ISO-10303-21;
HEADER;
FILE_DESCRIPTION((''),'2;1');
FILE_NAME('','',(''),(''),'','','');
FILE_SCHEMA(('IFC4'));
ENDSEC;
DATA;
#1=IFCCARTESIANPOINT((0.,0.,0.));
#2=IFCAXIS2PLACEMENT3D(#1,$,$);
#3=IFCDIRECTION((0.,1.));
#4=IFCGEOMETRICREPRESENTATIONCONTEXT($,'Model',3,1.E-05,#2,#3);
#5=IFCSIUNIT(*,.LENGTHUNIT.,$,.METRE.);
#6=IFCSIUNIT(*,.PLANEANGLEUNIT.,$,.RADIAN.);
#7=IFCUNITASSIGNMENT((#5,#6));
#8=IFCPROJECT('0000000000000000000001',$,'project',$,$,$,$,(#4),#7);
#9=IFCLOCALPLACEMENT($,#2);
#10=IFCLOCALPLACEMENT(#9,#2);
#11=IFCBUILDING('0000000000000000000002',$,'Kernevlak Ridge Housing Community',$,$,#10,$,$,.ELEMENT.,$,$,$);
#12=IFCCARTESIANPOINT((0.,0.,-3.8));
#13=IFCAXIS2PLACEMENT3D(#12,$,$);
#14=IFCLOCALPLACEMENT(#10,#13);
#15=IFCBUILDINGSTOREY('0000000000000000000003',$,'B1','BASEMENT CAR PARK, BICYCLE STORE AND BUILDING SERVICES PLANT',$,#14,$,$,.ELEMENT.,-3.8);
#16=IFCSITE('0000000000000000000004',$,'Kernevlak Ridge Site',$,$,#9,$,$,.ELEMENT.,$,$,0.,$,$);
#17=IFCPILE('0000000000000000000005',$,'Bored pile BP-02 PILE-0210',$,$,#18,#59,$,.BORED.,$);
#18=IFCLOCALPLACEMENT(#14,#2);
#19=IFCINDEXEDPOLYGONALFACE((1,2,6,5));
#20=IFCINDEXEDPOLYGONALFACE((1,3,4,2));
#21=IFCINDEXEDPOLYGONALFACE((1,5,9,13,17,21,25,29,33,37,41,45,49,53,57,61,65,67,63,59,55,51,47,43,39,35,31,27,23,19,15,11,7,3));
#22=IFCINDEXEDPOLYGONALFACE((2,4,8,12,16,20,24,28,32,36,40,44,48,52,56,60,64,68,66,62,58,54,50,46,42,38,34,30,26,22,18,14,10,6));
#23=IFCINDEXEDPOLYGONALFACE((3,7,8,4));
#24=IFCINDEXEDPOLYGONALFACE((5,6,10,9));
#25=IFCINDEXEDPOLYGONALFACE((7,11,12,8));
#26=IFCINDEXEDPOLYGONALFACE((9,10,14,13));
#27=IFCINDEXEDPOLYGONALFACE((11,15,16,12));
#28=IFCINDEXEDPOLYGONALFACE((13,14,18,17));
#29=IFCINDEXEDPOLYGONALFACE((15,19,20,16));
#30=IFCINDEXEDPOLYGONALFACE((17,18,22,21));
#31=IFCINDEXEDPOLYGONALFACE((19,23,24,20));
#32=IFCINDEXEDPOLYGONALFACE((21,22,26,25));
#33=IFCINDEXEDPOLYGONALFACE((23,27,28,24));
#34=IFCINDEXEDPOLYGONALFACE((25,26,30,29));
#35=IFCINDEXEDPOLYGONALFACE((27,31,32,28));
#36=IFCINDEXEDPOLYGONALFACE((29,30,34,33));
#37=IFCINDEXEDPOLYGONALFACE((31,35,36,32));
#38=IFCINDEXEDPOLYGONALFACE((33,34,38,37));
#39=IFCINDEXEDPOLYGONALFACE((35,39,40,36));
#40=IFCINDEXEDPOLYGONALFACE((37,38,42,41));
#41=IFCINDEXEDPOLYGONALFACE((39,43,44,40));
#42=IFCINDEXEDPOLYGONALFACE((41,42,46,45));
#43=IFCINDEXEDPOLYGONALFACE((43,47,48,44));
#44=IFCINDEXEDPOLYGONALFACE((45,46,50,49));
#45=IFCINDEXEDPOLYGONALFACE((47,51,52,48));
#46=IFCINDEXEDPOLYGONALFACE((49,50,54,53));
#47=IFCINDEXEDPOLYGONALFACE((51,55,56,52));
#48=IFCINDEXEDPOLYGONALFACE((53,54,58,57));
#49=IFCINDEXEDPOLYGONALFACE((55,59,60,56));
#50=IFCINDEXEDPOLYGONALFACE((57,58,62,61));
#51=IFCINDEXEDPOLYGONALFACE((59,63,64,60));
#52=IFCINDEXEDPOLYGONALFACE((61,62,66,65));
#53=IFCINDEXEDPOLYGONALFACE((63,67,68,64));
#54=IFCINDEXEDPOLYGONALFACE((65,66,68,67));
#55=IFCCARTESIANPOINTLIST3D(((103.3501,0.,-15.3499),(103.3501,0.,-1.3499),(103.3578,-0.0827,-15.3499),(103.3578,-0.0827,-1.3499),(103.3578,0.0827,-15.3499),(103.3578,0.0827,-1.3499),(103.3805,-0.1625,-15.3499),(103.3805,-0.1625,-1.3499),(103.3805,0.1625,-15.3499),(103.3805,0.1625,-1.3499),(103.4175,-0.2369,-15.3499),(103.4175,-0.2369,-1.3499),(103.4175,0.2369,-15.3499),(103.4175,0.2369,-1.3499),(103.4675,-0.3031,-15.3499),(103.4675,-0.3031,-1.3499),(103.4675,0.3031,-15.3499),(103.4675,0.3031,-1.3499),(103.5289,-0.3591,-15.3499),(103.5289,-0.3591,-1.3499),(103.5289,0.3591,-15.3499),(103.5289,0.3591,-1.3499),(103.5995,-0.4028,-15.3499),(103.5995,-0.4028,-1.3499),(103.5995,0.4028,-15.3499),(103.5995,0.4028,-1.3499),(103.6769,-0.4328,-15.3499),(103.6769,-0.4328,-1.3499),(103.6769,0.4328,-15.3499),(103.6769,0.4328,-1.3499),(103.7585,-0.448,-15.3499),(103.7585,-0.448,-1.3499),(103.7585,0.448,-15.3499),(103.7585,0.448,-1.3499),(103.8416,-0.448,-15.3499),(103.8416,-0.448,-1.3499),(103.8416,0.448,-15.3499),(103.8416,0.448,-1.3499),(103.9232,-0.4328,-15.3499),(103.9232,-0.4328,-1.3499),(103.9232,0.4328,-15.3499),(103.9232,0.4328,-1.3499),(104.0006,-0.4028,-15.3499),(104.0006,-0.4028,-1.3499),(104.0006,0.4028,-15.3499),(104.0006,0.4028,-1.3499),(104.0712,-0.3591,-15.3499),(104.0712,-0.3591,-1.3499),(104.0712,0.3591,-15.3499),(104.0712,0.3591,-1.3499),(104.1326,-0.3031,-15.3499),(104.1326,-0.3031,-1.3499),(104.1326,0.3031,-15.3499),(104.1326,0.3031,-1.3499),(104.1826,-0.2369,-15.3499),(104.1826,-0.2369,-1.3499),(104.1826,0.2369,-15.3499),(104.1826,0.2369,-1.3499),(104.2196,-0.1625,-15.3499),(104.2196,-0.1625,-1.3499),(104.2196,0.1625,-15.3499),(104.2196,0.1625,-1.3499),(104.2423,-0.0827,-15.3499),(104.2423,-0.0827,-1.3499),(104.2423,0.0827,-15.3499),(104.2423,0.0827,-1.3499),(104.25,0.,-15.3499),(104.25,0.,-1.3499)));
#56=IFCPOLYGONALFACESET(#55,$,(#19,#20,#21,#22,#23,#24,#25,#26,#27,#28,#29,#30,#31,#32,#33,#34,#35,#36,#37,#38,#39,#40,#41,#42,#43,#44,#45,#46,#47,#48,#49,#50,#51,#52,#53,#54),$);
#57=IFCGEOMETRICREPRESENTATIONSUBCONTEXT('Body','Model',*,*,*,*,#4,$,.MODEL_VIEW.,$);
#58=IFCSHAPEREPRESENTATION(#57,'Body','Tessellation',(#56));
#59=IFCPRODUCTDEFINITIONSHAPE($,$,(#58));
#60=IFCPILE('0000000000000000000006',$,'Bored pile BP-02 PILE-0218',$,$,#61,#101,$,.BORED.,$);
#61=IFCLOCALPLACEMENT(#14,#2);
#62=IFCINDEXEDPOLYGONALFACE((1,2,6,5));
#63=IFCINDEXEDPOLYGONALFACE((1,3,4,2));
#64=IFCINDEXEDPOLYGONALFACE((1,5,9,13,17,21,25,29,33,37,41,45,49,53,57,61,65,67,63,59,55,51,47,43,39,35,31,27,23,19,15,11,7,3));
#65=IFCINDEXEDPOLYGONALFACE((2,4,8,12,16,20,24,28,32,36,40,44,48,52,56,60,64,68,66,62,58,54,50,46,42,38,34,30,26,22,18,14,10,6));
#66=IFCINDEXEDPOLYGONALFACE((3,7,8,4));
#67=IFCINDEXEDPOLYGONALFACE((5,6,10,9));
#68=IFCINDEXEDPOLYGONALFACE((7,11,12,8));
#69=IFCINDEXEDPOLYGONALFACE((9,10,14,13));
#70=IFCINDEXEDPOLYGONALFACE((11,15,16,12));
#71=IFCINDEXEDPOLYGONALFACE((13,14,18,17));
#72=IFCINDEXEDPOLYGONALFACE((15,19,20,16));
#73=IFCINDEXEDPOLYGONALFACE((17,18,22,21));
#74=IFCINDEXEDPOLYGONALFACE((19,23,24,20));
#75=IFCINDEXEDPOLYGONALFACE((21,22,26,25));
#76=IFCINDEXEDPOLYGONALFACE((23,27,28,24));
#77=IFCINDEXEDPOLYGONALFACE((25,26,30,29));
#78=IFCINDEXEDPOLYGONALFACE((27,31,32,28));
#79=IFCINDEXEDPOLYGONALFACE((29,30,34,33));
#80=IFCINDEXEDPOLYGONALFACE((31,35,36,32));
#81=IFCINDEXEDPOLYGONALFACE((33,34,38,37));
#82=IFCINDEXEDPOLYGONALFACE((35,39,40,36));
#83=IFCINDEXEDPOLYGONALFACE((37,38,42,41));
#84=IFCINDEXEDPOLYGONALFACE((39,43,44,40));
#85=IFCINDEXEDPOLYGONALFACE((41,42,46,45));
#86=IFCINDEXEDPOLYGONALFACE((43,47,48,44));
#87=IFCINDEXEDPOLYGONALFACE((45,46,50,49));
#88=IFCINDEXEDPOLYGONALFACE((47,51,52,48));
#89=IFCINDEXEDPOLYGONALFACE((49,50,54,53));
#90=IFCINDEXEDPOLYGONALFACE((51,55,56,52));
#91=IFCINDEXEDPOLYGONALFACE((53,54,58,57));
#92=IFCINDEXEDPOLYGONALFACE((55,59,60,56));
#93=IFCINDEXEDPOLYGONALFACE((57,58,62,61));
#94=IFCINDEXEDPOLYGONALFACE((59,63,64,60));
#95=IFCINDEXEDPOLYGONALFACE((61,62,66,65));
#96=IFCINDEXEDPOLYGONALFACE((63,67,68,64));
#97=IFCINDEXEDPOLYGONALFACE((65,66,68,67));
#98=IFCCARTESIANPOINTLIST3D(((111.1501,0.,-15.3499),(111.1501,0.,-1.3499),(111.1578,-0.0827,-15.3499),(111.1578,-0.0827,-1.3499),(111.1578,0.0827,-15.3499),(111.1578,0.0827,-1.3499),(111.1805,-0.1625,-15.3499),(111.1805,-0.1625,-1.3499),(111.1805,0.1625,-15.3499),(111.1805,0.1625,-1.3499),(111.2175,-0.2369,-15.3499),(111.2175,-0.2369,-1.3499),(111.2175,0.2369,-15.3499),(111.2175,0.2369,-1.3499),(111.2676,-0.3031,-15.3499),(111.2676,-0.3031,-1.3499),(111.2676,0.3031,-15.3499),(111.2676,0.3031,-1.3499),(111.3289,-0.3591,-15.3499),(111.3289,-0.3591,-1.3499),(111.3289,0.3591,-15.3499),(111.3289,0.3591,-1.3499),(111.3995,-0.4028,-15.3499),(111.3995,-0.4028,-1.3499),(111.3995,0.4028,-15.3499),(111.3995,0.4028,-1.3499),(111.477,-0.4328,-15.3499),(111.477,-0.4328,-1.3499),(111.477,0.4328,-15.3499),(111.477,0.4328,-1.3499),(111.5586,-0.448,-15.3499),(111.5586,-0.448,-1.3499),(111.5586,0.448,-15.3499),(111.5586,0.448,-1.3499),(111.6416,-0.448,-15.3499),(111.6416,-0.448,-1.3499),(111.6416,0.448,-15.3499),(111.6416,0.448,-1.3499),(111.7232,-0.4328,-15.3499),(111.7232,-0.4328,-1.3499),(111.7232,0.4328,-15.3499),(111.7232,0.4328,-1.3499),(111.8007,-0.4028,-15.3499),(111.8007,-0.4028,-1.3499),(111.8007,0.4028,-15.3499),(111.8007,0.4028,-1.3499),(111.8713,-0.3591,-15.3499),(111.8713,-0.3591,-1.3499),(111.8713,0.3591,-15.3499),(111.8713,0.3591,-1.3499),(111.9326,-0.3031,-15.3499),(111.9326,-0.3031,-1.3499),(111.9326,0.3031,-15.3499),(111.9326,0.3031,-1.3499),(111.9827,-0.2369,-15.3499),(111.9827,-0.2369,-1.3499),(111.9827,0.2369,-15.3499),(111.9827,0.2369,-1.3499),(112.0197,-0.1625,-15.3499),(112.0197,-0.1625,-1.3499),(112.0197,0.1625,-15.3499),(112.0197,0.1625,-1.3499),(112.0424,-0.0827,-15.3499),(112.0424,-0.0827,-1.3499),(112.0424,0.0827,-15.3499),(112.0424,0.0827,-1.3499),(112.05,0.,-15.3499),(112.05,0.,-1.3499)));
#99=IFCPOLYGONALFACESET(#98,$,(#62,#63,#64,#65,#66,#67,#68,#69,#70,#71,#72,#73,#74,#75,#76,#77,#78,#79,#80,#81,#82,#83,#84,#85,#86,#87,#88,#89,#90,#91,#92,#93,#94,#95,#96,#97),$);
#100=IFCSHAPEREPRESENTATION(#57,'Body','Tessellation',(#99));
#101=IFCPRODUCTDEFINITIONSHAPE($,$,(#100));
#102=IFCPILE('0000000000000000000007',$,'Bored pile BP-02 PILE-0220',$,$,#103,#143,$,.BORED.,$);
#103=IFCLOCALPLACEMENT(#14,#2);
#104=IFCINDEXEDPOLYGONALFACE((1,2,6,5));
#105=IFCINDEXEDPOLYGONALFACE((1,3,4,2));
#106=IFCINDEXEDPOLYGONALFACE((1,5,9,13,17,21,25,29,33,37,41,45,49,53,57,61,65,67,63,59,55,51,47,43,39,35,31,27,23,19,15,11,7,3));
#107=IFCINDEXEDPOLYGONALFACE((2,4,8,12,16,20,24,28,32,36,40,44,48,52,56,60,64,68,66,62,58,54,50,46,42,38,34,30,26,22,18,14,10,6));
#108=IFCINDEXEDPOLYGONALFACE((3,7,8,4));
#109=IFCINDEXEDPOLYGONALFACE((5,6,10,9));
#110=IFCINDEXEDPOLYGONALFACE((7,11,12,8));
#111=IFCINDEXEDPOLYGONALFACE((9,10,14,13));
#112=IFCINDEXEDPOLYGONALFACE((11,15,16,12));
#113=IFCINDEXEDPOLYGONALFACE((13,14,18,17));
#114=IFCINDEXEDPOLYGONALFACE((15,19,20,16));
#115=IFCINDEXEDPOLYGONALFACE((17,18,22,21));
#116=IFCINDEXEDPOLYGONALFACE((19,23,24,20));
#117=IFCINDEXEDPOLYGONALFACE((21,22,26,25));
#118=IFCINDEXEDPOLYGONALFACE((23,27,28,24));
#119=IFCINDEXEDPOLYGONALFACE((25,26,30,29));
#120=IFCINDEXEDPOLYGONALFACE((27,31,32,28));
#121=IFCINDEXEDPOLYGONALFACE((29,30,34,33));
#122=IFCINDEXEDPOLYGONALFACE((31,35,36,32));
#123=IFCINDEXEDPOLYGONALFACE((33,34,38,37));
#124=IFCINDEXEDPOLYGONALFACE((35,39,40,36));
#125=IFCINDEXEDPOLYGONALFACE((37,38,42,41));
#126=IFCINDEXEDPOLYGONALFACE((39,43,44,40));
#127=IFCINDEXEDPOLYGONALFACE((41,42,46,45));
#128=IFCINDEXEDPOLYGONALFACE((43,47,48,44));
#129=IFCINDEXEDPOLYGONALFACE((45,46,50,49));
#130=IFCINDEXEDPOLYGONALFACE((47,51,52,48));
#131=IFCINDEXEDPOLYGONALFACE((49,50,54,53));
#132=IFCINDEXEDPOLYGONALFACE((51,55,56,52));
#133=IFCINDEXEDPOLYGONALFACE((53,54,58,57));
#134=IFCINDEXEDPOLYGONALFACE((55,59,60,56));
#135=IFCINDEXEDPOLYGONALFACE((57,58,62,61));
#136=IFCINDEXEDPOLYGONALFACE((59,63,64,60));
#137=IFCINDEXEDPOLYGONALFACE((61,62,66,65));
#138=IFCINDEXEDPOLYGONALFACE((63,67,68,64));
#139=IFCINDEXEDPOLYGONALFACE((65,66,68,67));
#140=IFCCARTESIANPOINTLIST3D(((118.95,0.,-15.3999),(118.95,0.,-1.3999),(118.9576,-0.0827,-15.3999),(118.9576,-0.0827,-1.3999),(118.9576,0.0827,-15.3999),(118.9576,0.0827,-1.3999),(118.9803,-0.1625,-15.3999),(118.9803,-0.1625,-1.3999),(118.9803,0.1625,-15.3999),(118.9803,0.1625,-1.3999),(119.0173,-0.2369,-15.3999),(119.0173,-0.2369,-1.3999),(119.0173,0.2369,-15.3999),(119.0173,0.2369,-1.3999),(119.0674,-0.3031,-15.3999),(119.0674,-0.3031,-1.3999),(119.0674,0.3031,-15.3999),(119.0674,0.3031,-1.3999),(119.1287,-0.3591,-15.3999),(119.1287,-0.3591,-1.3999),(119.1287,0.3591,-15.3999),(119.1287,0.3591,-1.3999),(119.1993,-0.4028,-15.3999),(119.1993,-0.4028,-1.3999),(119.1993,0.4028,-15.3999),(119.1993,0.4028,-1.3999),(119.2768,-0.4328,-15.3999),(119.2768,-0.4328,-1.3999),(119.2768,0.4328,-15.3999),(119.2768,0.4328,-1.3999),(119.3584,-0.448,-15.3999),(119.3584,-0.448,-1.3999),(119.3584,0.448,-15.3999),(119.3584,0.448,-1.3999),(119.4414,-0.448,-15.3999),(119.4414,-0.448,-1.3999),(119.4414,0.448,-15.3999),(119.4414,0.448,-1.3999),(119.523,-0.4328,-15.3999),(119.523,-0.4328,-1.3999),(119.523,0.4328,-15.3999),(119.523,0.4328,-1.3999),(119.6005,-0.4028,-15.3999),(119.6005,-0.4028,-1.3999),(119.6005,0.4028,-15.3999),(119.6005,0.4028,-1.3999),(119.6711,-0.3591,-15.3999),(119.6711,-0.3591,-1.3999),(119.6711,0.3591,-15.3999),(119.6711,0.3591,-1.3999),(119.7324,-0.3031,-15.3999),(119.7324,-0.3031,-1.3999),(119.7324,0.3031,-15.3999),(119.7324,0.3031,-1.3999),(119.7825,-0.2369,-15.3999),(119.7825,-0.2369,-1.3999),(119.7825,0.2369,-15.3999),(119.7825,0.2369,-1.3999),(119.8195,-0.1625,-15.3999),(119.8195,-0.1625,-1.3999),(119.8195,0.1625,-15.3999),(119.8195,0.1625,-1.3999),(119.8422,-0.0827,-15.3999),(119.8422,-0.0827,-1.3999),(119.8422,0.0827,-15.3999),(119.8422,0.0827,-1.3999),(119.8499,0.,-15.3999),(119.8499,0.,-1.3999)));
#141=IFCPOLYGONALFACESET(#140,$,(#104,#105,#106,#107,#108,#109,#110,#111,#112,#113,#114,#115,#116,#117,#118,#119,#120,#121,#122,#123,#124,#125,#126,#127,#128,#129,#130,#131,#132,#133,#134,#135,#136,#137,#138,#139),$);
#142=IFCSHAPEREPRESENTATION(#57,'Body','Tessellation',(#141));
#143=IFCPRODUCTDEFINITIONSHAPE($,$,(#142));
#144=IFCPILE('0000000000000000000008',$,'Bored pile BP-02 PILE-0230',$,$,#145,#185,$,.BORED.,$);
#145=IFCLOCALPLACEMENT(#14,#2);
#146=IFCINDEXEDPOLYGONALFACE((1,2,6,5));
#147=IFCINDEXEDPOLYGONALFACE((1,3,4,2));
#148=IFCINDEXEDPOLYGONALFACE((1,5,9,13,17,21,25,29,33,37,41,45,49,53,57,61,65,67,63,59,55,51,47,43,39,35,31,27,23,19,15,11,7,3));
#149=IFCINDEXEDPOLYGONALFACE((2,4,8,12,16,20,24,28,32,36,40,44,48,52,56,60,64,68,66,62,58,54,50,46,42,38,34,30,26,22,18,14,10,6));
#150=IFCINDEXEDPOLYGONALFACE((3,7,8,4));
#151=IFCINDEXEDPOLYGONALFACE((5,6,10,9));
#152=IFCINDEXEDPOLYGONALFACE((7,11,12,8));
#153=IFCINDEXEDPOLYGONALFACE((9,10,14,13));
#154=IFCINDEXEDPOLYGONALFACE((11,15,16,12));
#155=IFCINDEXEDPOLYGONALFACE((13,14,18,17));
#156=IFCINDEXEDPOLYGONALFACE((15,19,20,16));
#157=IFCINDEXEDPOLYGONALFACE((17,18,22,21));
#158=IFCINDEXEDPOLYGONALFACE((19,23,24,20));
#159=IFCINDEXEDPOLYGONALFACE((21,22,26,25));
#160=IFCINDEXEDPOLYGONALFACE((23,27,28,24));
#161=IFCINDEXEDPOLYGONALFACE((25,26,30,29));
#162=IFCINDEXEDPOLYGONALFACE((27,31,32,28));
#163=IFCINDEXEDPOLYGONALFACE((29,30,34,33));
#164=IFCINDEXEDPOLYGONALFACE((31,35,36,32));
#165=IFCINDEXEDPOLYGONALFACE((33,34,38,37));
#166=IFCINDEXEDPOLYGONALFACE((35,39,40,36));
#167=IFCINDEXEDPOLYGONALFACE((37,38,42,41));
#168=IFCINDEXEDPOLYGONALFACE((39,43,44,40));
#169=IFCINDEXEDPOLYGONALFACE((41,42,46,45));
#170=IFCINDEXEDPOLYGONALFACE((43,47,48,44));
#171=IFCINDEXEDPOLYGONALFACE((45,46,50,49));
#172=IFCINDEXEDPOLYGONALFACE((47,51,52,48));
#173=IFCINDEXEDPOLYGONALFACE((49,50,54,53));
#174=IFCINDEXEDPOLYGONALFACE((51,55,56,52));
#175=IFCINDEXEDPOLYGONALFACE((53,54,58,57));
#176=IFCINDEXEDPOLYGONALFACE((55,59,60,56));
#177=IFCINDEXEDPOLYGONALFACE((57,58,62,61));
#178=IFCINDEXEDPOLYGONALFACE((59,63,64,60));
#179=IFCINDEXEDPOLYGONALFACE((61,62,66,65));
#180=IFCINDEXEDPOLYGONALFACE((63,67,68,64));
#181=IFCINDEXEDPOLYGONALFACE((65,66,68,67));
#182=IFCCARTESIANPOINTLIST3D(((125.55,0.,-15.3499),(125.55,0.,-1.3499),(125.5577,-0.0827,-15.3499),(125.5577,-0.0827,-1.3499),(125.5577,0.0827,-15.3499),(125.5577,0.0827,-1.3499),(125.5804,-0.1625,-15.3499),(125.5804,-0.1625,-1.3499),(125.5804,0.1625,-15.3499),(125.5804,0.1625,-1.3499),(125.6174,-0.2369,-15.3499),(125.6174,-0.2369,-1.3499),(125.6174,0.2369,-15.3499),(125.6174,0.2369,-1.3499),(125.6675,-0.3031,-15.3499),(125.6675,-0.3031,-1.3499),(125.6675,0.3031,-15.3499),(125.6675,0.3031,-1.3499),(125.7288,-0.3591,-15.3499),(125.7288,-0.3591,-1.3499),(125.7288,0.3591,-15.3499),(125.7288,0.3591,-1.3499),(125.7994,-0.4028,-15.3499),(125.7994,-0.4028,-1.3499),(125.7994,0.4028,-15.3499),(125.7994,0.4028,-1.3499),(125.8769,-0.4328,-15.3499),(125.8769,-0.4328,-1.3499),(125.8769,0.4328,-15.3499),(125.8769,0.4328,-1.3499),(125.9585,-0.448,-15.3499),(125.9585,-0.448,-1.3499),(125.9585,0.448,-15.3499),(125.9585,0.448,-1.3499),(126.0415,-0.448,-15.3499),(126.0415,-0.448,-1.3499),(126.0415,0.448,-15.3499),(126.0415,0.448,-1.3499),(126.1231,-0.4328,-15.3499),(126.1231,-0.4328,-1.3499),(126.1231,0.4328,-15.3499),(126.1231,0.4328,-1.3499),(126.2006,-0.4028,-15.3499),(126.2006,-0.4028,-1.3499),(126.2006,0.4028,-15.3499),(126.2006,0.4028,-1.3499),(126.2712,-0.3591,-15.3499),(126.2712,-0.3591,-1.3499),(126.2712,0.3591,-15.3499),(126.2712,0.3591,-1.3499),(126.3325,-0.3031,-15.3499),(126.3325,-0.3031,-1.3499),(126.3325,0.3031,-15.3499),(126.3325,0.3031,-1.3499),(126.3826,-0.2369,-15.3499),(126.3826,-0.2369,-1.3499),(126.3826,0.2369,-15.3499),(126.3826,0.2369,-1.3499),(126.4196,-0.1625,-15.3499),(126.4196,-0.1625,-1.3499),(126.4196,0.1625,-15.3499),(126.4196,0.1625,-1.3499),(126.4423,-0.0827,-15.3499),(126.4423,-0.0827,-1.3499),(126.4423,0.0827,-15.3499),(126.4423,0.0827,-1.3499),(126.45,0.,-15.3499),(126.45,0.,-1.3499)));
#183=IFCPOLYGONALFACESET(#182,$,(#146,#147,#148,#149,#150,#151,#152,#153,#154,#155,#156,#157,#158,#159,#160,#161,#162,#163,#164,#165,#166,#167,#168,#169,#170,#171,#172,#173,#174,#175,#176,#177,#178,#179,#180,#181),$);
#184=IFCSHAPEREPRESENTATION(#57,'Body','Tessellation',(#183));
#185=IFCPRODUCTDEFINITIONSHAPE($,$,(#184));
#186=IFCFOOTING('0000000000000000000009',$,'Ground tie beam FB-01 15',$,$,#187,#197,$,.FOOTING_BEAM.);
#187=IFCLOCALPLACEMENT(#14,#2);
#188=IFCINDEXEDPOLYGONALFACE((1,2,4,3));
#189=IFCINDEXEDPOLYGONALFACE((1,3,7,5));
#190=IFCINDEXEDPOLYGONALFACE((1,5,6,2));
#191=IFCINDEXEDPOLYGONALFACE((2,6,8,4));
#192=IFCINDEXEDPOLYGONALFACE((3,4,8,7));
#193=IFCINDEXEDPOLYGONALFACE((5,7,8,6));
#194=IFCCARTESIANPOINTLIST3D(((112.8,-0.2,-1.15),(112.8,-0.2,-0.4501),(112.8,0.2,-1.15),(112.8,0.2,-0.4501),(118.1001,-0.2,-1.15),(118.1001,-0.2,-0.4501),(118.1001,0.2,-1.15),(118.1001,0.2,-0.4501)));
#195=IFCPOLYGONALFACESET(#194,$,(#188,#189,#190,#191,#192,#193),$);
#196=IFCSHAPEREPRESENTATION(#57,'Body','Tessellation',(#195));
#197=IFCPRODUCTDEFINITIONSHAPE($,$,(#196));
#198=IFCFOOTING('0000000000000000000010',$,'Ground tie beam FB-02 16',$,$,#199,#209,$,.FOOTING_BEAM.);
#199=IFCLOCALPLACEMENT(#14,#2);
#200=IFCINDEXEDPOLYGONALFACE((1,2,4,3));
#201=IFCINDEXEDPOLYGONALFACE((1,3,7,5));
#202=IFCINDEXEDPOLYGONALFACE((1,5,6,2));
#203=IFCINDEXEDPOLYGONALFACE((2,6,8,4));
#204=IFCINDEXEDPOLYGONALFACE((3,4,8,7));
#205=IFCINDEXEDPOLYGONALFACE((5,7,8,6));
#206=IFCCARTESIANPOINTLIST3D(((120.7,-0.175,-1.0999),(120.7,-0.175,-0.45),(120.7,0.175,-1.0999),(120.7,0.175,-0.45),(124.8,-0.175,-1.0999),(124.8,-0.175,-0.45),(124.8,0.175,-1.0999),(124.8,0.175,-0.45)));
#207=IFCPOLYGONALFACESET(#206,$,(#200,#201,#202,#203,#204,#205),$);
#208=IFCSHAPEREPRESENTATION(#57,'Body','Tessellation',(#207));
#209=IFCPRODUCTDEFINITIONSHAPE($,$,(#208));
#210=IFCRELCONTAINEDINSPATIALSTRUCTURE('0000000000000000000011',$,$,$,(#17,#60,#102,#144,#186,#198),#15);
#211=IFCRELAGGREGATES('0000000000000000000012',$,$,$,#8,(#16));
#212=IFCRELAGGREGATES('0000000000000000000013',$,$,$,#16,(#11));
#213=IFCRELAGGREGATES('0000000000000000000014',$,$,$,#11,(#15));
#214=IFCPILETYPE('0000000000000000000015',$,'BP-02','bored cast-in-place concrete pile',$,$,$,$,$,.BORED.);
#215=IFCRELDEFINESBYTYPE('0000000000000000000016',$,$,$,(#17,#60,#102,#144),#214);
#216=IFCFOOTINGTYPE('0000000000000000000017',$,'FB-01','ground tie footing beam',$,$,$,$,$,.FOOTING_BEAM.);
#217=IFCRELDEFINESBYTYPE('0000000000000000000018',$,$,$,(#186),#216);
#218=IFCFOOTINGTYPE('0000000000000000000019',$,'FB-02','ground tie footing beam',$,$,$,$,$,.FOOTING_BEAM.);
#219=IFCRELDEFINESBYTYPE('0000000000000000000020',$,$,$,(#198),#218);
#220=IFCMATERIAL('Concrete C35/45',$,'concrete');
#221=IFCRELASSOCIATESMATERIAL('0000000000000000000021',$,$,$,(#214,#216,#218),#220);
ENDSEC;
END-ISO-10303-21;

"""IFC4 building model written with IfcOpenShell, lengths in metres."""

from ifc_helpers import new_model, si_unit, direction, frame, origin, origin_2d, place, context, subcontext, project, spatial, rectangle, circle, extrude, material, material_profile, profile_set, type_object, element, save


model = new_model("IFC4")

# Units and contexts
model_context = context("Model", 3, precision=1e-05, world=origin(), true_north=direction((0.0, 1.0)))
body_context = subcontext(model_context, "Body", "Model", "MODEL_VIEW")
ifc_project = project(units=[si_unit("LENGTHUNIT", "METRE"), si_unit("PLANEANGLEUNIT", "RADIAN")], contexts=[model_context])

# Site, building, storey
site_placement = place(None, origin())
site = spatial("IfcSite", under=ifc_project, at=site_placement, Name="Kernevlak Ridge Site", CompositionType="ELEMENT", RefElevation=0.0)
building_placement = place(site_placement, origin())
building = spatial("IfcBuilding", under=site, at=building_placement, Name="Kernevlak Ridge Housing Community", CompositionType="ELEMENT")
storey_placement = place(building_placement, frame((0.0, 0.0, -3.8)))
storey = spatial("IfcBuildingStorey", under=building, at=storey_placement, Name="B1", Description="BASEMENT CAR PARK, BICYCLE STORE AND BUILDING SERVICES PLANT", CompositionType="ELEMENT", Elevation=-3.8)

# Piles
ifc_material_1 = material(Name="Concrete C35/45", Category="concrete")
ifc_material_profile_1 = material_profile(ifc_material_1, circle(Radius=0.45, at=origin_2d()), Name="BORED PILE 900")
ifc_profile_set_1 = profile_set([ifc_material_profile_1], Name="Concrete C35/45")
pile_type = type_object("IfcPileType", Name="BP-02", Description="bored cast-in-place concrete pile", PredefinedType="BORED", material=ifc_profile_set_1)
for number, where, z_axis, x_axis, name in (
    (1, (103.8, 0.0, -1.3499), (0.0, 0.0, -1.0), (1.0, 0.0, 0.0), "Bored pile BP-02 PILE-0210"),
    (2, (111.6001, 0.0, -1.3499), (0.0, 0.0, -1.0), (1.0, 0.0, 0.0), "Bored pile BP-02 PILE-0218"),
    (3, (119.3999, 0.0, -1.3999), (0.0, 0.0, -1.0), (1.0, 0.0, 0.0), "Bored pile BP-02 PILE-0220"),
    (4, (126.0, 0.0, -1.3499), (0.0, 0.0, -1.0), (1.0, 0.0, 0.0), "Bored pile BP-02 PILE-0230"),
):
    element("IfcPile", number, at=place(storey_placement, frame(where, z_axis=z_axis, x_axis=x_axis)), inside=storey, type_object=pile_type, Name=name, PredefinedType="BORED", context=body_context, shape_type="SweptSolid", body=[
        extrude(circle(Radius=0.45, at=origin_2d()), origin(), (0.0, 0.0, 1.0), 14.0),
    ])

# Footings
ifc_material_profile_2 = material_profile(ifc_material_1, rectangle(XDim=0.3999, YDim=0.7, at=origin_2d()), Name="RC 400x700")
ifc_profile_set_2 = profile_set([ifc_material_profile_2], Name="Concrete C35/45")
footing_type_1 = type_object("IfcFootingType", Name="FB-01", Description="ground tie footing beam", PredefinedType="FOOTING_BEAM", material=ifc_profile_set_2)
footing_1_placement = place(storey_placement, frame((112.8, 0.0, -0.8), z_axis=(1.0, 0.0, 0.0), x_axis=(0.0, 1.0, 0.0)))
element("IfcFooting", 5, at=footing_1_placement, inside=storey, type_object=footing_type_1, Name="Ground tie beam FB-01 15", PredefinedType="FOOTING_BEAM", context=body_context, shape_type="SweptSolid", body=[
    extrude(rectangle(XDim=0.3999, YDim=0.7, at=origin_2d()), origin(), (0.0, 0.0, 1.0), 5.3),
])
ifc_material_profile_3 = material_profile(ifc_material_1, rectangle(XDim=0.3501, YDim=0.6499, at=origin_2d()), Name="RC 350x650")
ifc_profile_set_3 = profile_set([ifc_material_profile_3], Name="Concrete C35/45")
footing_type_2 = type_object("IfcFootingType", Name="FB-02", Description="ground tie footing beam", PredefinedType="FOOTING_BEAM", material=ifc_profile_set_3)
footing_2_placement = place(storey_placement, frame((120.7, 0.0, -0.7749), z_axis=(1.0, 0.0, 0.0), x_axis=(0.0, 1.0, 0.0)))
element("IfcFooting", 6, at=footing_2_placement, inside=storey, type_object=footing_type_2, Name="Ground tie beam FB-02 16", PredefinedType="FOOTING_BEAM", context=body_context, shape_type="SweptSolid", body=[
    extrude(rectangle(XDim=0.3501, YDim=0.6499, at=origin_2d()), origin(), (0.0, 0.0, 1.0), 4.1001),
])

save(model, "model.ifc")
